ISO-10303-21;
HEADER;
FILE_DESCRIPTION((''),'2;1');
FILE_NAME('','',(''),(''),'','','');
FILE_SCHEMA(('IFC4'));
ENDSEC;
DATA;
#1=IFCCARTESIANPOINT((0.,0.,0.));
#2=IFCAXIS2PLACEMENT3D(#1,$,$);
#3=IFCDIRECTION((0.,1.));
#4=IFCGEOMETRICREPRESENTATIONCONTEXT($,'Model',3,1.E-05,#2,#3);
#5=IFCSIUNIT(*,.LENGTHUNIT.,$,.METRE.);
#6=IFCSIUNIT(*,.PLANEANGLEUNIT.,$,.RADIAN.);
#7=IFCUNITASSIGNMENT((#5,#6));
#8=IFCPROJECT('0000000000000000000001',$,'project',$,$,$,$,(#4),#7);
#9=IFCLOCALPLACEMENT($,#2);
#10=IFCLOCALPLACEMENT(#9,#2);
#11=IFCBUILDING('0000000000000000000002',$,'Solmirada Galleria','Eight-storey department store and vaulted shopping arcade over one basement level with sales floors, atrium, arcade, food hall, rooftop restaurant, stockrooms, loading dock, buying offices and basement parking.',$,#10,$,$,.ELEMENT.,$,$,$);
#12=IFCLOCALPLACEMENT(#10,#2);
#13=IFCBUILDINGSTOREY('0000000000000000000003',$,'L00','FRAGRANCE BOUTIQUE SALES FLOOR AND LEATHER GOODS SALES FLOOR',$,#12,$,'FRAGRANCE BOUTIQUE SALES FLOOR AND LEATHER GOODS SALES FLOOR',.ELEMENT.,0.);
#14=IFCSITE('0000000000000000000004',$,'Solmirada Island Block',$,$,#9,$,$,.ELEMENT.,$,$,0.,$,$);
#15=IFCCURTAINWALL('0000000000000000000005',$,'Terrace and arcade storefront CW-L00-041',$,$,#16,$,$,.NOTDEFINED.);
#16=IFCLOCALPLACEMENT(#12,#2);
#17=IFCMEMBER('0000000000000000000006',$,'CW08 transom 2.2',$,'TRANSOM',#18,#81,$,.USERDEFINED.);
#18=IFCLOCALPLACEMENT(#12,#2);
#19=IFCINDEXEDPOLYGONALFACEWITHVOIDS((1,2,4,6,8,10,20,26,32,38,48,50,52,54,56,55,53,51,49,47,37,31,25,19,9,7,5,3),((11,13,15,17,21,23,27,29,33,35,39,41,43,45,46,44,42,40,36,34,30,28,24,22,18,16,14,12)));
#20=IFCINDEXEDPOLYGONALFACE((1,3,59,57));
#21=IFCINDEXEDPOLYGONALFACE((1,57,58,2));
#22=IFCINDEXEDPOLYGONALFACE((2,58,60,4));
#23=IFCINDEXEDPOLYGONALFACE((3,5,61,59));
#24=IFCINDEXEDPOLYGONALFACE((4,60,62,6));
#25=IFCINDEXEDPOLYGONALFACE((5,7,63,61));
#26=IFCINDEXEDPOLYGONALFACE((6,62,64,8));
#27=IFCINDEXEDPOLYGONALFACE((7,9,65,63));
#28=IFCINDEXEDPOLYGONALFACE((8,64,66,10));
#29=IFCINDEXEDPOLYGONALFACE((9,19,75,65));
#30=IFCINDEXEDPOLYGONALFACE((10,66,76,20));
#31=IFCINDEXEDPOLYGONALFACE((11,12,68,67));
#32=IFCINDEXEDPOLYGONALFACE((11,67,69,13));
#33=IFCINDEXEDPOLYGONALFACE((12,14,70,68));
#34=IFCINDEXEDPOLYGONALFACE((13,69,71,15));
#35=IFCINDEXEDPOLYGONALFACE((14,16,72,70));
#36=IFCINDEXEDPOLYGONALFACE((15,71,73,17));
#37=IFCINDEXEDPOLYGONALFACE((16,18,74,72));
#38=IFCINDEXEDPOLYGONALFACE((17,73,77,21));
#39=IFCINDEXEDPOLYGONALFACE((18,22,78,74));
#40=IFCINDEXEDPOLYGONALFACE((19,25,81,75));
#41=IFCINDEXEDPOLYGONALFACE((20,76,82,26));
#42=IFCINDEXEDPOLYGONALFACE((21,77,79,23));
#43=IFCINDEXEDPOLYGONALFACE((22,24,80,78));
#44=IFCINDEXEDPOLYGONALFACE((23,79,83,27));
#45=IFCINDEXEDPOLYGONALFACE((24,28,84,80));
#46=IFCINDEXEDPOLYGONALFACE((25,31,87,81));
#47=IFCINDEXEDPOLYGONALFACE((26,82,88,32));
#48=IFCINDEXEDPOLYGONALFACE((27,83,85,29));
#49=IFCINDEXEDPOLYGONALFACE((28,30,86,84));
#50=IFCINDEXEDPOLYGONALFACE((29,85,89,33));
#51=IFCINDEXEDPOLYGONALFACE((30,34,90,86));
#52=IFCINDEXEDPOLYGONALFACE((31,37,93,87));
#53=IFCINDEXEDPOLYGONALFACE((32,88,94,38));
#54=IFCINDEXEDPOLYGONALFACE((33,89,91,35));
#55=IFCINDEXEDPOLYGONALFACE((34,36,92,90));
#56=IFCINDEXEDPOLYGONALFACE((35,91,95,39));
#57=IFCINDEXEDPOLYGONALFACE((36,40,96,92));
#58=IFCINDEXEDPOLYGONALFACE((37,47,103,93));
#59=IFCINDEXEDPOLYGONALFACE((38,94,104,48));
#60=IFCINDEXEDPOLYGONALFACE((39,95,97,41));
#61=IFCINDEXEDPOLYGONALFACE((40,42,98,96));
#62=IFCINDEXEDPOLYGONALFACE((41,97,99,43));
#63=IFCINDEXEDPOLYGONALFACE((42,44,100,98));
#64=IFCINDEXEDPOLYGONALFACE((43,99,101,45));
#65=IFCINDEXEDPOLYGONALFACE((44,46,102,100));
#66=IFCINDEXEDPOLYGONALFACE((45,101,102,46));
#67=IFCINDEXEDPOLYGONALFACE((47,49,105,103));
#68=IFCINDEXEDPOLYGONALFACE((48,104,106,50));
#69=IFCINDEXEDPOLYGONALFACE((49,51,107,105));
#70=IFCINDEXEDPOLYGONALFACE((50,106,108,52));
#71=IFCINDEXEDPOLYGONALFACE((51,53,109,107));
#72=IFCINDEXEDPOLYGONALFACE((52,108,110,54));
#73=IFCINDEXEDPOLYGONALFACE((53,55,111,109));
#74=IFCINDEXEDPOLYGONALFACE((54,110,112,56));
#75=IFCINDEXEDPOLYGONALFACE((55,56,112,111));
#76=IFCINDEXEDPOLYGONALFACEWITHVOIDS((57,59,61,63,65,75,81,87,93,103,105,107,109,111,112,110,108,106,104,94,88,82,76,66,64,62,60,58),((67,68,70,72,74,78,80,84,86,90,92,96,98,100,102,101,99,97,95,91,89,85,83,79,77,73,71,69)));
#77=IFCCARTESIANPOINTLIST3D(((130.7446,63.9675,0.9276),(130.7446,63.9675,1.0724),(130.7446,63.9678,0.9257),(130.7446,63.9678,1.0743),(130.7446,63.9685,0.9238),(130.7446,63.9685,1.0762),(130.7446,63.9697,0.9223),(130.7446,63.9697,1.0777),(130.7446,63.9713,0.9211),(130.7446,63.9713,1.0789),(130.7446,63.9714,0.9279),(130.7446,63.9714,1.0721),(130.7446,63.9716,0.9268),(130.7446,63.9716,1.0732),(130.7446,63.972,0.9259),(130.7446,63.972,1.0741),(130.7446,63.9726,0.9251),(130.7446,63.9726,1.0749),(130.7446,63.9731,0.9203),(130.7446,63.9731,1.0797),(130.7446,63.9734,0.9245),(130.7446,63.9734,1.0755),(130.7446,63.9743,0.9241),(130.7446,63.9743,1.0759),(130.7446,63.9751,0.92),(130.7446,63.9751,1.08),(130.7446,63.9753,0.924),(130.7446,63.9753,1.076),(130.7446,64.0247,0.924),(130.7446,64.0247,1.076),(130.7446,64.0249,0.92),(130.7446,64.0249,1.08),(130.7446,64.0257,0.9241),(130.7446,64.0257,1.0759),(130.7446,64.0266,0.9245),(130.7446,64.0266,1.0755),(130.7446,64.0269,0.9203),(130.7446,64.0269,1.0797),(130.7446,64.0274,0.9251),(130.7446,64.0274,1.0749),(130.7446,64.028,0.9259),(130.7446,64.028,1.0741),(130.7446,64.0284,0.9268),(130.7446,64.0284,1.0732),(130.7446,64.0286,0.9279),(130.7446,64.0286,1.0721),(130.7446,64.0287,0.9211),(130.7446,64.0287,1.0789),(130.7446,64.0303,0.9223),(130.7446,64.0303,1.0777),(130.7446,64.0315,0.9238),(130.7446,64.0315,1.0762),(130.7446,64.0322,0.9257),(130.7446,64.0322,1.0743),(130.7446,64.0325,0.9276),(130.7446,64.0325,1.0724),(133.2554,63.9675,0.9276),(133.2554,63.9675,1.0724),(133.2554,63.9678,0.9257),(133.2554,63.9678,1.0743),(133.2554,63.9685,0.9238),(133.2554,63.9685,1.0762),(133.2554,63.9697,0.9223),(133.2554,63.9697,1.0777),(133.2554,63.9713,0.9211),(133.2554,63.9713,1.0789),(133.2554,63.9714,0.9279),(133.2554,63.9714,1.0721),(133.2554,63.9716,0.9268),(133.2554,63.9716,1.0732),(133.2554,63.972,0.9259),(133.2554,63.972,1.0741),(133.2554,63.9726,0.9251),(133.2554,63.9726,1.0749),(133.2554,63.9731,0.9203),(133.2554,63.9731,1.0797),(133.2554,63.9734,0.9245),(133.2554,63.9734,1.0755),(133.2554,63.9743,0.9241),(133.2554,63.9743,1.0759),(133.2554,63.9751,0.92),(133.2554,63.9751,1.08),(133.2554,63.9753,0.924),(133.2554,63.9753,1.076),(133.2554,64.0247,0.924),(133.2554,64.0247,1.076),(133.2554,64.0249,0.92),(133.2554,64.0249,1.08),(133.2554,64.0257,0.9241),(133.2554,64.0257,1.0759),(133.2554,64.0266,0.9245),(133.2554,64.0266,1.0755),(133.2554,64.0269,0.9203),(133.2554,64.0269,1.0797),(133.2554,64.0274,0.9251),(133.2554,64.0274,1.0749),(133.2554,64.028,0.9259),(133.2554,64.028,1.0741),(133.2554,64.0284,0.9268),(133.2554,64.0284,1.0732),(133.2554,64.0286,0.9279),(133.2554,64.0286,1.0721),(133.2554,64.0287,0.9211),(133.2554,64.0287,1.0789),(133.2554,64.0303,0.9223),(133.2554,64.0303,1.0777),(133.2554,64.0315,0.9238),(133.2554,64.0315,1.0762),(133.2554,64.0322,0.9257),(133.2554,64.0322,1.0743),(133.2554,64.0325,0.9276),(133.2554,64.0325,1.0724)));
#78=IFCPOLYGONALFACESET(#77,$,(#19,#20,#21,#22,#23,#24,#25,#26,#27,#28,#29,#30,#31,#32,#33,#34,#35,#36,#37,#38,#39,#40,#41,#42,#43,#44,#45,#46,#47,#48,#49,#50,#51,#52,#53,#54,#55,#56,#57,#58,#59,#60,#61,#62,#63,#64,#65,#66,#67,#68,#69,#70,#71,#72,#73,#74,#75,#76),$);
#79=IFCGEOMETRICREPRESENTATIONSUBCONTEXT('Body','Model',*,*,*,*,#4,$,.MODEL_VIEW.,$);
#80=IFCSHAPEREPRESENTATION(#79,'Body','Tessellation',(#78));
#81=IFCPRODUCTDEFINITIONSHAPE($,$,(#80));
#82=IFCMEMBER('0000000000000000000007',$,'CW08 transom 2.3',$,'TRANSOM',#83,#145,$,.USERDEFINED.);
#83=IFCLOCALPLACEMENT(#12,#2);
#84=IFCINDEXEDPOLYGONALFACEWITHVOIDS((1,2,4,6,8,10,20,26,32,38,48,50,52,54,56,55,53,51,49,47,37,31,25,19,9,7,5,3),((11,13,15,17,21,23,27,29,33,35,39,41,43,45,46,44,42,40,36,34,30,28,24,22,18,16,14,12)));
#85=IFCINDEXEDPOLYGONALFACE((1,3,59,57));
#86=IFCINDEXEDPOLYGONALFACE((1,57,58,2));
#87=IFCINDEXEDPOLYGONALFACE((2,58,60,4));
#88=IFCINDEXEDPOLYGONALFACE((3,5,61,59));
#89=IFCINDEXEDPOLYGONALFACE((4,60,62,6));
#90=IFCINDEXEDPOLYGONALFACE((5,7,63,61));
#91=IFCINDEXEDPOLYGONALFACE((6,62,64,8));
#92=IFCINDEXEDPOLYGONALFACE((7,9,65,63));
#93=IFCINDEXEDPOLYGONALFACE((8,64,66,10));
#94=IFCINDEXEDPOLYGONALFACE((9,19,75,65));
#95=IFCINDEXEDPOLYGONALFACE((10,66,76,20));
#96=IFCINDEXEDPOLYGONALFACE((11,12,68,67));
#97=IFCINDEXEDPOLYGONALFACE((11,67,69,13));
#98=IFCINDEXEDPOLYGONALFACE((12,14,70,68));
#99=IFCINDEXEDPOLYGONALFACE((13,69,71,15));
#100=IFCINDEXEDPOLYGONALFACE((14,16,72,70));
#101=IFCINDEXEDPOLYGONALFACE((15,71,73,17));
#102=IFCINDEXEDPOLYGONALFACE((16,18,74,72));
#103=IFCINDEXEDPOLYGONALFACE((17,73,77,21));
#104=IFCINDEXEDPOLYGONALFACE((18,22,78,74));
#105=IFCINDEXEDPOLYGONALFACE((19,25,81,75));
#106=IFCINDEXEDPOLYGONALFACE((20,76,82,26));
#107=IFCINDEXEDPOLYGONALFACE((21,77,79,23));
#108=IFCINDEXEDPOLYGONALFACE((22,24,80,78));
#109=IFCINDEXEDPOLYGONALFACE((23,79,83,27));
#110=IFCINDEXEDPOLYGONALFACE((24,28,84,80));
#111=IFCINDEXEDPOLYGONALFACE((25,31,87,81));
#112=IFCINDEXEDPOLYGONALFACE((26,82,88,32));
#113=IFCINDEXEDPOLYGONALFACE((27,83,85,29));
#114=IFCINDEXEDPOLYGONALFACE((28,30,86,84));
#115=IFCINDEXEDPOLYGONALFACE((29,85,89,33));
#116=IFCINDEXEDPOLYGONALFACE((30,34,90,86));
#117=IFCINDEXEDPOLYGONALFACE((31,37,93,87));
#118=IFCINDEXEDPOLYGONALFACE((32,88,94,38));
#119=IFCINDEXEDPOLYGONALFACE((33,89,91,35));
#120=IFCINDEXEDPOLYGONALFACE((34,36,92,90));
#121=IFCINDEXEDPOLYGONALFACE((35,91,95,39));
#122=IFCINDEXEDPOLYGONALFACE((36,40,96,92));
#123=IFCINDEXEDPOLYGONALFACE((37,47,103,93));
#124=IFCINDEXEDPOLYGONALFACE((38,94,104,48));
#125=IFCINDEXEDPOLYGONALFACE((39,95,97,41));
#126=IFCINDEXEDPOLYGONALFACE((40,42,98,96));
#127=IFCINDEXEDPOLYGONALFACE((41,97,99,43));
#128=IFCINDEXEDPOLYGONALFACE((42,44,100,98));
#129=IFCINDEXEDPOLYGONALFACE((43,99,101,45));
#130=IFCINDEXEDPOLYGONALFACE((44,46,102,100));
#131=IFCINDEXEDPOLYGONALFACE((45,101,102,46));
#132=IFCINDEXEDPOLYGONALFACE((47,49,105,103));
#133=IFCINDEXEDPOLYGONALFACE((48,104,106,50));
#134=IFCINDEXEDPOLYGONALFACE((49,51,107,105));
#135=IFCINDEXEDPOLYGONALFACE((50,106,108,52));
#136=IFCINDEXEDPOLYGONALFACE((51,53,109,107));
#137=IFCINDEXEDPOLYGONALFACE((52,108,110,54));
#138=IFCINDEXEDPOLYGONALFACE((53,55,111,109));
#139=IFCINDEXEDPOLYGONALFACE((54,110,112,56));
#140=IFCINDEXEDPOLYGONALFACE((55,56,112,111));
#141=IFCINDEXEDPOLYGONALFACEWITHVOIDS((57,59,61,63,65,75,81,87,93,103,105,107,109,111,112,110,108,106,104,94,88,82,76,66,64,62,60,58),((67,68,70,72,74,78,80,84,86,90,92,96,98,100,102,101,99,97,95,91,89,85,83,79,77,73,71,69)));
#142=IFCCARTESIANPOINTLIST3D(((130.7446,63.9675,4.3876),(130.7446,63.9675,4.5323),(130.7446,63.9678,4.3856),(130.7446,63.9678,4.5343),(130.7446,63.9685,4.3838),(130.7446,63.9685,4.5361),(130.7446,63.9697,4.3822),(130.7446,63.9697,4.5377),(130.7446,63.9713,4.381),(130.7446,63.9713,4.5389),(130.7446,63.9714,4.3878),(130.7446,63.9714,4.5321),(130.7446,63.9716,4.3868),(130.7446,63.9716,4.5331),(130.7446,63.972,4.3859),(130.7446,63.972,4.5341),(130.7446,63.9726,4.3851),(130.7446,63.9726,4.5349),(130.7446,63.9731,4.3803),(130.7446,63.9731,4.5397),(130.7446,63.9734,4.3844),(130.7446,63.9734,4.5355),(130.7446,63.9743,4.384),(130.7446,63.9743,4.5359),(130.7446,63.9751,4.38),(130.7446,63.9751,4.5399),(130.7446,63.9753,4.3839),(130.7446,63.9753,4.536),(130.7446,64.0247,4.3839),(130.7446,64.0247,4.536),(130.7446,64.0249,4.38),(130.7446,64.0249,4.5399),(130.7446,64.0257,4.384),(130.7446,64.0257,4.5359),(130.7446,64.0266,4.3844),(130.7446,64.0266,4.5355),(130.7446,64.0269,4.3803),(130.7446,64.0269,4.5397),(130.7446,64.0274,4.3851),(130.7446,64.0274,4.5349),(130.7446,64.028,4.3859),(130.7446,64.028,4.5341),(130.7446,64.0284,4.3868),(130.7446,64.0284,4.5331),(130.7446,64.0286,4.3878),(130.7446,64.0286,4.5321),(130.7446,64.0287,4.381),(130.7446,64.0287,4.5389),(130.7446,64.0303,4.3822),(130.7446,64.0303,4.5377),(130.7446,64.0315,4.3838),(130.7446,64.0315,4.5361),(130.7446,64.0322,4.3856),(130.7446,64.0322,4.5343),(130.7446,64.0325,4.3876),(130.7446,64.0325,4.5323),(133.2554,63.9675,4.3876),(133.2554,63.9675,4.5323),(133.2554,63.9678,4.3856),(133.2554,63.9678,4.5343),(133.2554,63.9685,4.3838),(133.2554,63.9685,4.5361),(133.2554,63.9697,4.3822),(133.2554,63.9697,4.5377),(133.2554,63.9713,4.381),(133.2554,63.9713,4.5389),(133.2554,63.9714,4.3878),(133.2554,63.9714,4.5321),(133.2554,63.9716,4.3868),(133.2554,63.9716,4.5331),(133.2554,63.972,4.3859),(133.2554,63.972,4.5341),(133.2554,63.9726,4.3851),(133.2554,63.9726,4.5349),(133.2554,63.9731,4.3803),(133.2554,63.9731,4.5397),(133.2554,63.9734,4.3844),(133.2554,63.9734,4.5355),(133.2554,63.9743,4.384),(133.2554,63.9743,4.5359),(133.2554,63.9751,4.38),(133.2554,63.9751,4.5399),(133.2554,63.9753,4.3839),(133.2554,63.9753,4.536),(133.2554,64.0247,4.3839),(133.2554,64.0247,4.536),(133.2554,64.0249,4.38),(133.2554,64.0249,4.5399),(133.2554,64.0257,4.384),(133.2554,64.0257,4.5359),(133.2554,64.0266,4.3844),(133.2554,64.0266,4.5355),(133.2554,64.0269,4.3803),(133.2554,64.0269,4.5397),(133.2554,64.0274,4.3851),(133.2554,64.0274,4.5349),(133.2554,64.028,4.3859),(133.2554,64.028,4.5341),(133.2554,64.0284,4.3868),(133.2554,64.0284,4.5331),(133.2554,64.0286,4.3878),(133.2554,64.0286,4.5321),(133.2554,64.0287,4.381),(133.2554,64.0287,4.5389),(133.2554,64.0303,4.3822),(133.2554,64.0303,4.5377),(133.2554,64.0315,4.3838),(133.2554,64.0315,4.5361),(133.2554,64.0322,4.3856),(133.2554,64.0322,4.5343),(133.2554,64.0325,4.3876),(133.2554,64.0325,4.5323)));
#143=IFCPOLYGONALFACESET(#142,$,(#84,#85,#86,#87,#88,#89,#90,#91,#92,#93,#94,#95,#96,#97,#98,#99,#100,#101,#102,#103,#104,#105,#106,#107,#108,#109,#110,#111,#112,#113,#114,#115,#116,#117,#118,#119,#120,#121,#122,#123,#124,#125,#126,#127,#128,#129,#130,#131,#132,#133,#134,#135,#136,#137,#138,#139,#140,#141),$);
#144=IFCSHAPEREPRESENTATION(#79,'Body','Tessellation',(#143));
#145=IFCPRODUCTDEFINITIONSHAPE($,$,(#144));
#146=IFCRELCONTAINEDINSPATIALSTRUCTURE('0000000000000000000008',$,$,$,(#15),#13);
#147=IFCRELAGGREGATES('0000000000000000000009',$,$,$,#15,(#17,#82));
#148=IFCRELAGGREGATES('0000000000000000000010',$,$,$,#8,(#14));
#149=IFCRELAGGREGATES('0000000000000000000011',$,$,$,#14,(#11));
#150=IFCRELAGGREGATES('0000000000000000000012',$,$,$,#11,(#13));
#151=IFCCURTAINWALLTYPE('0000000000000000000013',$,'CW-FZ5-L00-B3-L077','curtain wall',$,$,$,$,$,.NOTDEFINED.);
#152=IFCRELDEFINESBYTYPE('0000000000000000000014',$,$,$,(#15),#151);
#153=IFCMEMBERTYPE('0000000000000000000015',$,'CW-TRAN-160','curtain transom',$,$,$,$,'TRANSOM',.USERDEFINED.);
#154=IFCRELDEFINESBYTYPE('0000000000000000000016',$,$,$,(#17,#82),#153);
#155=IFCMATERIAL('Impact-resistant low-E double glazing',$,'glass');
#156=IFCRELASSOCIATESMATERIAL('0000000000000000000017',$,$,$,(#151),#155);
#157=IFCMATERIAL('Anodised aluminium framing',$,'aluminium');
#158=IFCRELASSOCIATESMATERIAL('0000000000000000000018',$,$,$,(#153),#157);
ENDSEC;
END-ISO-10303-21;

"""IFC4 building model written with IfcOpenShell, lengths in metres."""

from ifc_helpers import new_model, si_unit, direction, frame, origin, origin_2d, place, context, subcontext, project, spatial, hollow_rectangle, extrude, material, material_profile, profile_set, type_object, element, aggregate, save


model = new_model("IFC4")

# Units and contexts
model_context = context("Model", 3, precision=1e-05, world=origin(), true_north=direction((0.0, 1.0)))
body_context = subcontext(model_context, "Body", "Model", "MODEL_VIEW")
ifc_project = project(units=[si_unit("LENGTHUNIT", "METRE"), si_unit("PLANEANGLEUNIT", "RADIAN")], contexts=[model_context])

# Site, building, storey
site_placement = place(None, origin())
site = spatial("IfcSite", under=ifc_project, at=site_placement, Name="Solmirada Island Block", CompositionType="ELEMENT", RefElevation=0.0)
building_placement = place(site_placement, origin())
building = spatial("IfcBuilding", under=site, at=building_placement, Name="Solmirada Galleria", Description="Eight-storey department store and vaulted shopping arcade over one basement level with sales floors, atrium, arcade, food hall, rooftop restaurant, stockrooms, loading dock, buying offices and basement parking.", CompositionType="ELEMENT")
storey_placement = place(building_placement, origin())
storey = spatial("IfcBuildingStorey", under=building, at=storey_placement, Name="L00", Description="FRAGRANCE BOUTIQUE SALES FLOOR AND LEATHER GOODS SALES FLOOR", LongName="FRAGRANCE BOUTIQUE SALES FLOOR AND LEATHER GOODS SALES FLOOR", CompositionType="ELEMENT", Elevation=0.0)

# Curtain wall, members
ifc_material_1 = material(Name="Impact-resistant low-E double glazing", Category="glass")
curtain_wall_type = type_object("IfcCurtainWallType", Name="CW-FZ5-L00-B3-L077", Description="curtain wall", PredefinedType="NOTDEFINED", material=ifc_material_1)
curtain_wall_placement = place(storey_placement, origin())
curtain_wall = element("IfcCurtainWall", 1, at=curtain_wall_placement, inside=storey, type_object=curtain_wall_type, Name="Terrace and arcade storefront CW-L00-041", PredefinedType="NOTDEFINED")
ifc_material_2 = material(Name="Anodised aluminium framing", Category="aluminium")
ifc_material_profile_1 = material_profile(ifc_material_2, hollow_rectangle(XDim=0.0649, YDim=0.1599, WallThickness=0.0039, InnerFilletRadius=0.0039, OuterFilletRadius=0.0076, at=origin_2d()), Name="ALU-TRAN-160X65")
ifc_profile_set_1 = profile_set([ifc_material_profile_1], Name="Anodised aluminium framing")
member_type_1 = type_object("IfcMemberType", Name="CW-TRAN-160", Description="curtain transom", ElementType="TRANSOM", PredefinedType="USERDEFINED", material=ifc_profile_set_1)
member_1_placement = place(storey_placement, frame((130.7446, 64.0, 1.0), z_axis=(1.0, 0.0, 0.0), x_axis=(0.0, 1.0, 0.0)))
member_1 = element("IfcMember", 2, at=member_1_placement, type_object=member_type_1, Name="CW08 transom 2.2", ObjectType="TRANSOM", PredefinedType="USERDEFINED", context=body_context, shape_type="SweptSolid", body=[
    extrude(hollow_rectangle(XDim=0.0649, YDim=0.1599, WallThickness=0.0039, InnerFilletRadius=0.0039, OuterFilletRadius=0.0076, at=origin_2d()), origin(), (0.0, 0.0, 1.0), 2.5107),
])
member_2_placement = place(storey_placement, frame((130.7446, 64.0, 4.46), z_axis=(1.0, 0.0, 0.0), x_axis=(0.0, 1.0, 0.0)))
member_2 = element("IfcMember", 3, at=member_2_placement, type_object=member_type_1, Name="CW08 transom 2.3", ObjectType="TRANSOM", PredefinedType="USERDEFINED", context=body_context, shape_type="SweptSolid", body=[
    extrude(hollow_rectangle(XDim=0.0649, YDim=0.1599, WallThickness=0.0039, InnerFilletRadius=0.0039, OuterFilletRadius=0.0076, at=origin_2d()), origin(), (0.0, 0.0, 1.0), 2.5107),
])
aggregate(curtain_wall, [member_1, member_2])

save(model, "model.ifc")
